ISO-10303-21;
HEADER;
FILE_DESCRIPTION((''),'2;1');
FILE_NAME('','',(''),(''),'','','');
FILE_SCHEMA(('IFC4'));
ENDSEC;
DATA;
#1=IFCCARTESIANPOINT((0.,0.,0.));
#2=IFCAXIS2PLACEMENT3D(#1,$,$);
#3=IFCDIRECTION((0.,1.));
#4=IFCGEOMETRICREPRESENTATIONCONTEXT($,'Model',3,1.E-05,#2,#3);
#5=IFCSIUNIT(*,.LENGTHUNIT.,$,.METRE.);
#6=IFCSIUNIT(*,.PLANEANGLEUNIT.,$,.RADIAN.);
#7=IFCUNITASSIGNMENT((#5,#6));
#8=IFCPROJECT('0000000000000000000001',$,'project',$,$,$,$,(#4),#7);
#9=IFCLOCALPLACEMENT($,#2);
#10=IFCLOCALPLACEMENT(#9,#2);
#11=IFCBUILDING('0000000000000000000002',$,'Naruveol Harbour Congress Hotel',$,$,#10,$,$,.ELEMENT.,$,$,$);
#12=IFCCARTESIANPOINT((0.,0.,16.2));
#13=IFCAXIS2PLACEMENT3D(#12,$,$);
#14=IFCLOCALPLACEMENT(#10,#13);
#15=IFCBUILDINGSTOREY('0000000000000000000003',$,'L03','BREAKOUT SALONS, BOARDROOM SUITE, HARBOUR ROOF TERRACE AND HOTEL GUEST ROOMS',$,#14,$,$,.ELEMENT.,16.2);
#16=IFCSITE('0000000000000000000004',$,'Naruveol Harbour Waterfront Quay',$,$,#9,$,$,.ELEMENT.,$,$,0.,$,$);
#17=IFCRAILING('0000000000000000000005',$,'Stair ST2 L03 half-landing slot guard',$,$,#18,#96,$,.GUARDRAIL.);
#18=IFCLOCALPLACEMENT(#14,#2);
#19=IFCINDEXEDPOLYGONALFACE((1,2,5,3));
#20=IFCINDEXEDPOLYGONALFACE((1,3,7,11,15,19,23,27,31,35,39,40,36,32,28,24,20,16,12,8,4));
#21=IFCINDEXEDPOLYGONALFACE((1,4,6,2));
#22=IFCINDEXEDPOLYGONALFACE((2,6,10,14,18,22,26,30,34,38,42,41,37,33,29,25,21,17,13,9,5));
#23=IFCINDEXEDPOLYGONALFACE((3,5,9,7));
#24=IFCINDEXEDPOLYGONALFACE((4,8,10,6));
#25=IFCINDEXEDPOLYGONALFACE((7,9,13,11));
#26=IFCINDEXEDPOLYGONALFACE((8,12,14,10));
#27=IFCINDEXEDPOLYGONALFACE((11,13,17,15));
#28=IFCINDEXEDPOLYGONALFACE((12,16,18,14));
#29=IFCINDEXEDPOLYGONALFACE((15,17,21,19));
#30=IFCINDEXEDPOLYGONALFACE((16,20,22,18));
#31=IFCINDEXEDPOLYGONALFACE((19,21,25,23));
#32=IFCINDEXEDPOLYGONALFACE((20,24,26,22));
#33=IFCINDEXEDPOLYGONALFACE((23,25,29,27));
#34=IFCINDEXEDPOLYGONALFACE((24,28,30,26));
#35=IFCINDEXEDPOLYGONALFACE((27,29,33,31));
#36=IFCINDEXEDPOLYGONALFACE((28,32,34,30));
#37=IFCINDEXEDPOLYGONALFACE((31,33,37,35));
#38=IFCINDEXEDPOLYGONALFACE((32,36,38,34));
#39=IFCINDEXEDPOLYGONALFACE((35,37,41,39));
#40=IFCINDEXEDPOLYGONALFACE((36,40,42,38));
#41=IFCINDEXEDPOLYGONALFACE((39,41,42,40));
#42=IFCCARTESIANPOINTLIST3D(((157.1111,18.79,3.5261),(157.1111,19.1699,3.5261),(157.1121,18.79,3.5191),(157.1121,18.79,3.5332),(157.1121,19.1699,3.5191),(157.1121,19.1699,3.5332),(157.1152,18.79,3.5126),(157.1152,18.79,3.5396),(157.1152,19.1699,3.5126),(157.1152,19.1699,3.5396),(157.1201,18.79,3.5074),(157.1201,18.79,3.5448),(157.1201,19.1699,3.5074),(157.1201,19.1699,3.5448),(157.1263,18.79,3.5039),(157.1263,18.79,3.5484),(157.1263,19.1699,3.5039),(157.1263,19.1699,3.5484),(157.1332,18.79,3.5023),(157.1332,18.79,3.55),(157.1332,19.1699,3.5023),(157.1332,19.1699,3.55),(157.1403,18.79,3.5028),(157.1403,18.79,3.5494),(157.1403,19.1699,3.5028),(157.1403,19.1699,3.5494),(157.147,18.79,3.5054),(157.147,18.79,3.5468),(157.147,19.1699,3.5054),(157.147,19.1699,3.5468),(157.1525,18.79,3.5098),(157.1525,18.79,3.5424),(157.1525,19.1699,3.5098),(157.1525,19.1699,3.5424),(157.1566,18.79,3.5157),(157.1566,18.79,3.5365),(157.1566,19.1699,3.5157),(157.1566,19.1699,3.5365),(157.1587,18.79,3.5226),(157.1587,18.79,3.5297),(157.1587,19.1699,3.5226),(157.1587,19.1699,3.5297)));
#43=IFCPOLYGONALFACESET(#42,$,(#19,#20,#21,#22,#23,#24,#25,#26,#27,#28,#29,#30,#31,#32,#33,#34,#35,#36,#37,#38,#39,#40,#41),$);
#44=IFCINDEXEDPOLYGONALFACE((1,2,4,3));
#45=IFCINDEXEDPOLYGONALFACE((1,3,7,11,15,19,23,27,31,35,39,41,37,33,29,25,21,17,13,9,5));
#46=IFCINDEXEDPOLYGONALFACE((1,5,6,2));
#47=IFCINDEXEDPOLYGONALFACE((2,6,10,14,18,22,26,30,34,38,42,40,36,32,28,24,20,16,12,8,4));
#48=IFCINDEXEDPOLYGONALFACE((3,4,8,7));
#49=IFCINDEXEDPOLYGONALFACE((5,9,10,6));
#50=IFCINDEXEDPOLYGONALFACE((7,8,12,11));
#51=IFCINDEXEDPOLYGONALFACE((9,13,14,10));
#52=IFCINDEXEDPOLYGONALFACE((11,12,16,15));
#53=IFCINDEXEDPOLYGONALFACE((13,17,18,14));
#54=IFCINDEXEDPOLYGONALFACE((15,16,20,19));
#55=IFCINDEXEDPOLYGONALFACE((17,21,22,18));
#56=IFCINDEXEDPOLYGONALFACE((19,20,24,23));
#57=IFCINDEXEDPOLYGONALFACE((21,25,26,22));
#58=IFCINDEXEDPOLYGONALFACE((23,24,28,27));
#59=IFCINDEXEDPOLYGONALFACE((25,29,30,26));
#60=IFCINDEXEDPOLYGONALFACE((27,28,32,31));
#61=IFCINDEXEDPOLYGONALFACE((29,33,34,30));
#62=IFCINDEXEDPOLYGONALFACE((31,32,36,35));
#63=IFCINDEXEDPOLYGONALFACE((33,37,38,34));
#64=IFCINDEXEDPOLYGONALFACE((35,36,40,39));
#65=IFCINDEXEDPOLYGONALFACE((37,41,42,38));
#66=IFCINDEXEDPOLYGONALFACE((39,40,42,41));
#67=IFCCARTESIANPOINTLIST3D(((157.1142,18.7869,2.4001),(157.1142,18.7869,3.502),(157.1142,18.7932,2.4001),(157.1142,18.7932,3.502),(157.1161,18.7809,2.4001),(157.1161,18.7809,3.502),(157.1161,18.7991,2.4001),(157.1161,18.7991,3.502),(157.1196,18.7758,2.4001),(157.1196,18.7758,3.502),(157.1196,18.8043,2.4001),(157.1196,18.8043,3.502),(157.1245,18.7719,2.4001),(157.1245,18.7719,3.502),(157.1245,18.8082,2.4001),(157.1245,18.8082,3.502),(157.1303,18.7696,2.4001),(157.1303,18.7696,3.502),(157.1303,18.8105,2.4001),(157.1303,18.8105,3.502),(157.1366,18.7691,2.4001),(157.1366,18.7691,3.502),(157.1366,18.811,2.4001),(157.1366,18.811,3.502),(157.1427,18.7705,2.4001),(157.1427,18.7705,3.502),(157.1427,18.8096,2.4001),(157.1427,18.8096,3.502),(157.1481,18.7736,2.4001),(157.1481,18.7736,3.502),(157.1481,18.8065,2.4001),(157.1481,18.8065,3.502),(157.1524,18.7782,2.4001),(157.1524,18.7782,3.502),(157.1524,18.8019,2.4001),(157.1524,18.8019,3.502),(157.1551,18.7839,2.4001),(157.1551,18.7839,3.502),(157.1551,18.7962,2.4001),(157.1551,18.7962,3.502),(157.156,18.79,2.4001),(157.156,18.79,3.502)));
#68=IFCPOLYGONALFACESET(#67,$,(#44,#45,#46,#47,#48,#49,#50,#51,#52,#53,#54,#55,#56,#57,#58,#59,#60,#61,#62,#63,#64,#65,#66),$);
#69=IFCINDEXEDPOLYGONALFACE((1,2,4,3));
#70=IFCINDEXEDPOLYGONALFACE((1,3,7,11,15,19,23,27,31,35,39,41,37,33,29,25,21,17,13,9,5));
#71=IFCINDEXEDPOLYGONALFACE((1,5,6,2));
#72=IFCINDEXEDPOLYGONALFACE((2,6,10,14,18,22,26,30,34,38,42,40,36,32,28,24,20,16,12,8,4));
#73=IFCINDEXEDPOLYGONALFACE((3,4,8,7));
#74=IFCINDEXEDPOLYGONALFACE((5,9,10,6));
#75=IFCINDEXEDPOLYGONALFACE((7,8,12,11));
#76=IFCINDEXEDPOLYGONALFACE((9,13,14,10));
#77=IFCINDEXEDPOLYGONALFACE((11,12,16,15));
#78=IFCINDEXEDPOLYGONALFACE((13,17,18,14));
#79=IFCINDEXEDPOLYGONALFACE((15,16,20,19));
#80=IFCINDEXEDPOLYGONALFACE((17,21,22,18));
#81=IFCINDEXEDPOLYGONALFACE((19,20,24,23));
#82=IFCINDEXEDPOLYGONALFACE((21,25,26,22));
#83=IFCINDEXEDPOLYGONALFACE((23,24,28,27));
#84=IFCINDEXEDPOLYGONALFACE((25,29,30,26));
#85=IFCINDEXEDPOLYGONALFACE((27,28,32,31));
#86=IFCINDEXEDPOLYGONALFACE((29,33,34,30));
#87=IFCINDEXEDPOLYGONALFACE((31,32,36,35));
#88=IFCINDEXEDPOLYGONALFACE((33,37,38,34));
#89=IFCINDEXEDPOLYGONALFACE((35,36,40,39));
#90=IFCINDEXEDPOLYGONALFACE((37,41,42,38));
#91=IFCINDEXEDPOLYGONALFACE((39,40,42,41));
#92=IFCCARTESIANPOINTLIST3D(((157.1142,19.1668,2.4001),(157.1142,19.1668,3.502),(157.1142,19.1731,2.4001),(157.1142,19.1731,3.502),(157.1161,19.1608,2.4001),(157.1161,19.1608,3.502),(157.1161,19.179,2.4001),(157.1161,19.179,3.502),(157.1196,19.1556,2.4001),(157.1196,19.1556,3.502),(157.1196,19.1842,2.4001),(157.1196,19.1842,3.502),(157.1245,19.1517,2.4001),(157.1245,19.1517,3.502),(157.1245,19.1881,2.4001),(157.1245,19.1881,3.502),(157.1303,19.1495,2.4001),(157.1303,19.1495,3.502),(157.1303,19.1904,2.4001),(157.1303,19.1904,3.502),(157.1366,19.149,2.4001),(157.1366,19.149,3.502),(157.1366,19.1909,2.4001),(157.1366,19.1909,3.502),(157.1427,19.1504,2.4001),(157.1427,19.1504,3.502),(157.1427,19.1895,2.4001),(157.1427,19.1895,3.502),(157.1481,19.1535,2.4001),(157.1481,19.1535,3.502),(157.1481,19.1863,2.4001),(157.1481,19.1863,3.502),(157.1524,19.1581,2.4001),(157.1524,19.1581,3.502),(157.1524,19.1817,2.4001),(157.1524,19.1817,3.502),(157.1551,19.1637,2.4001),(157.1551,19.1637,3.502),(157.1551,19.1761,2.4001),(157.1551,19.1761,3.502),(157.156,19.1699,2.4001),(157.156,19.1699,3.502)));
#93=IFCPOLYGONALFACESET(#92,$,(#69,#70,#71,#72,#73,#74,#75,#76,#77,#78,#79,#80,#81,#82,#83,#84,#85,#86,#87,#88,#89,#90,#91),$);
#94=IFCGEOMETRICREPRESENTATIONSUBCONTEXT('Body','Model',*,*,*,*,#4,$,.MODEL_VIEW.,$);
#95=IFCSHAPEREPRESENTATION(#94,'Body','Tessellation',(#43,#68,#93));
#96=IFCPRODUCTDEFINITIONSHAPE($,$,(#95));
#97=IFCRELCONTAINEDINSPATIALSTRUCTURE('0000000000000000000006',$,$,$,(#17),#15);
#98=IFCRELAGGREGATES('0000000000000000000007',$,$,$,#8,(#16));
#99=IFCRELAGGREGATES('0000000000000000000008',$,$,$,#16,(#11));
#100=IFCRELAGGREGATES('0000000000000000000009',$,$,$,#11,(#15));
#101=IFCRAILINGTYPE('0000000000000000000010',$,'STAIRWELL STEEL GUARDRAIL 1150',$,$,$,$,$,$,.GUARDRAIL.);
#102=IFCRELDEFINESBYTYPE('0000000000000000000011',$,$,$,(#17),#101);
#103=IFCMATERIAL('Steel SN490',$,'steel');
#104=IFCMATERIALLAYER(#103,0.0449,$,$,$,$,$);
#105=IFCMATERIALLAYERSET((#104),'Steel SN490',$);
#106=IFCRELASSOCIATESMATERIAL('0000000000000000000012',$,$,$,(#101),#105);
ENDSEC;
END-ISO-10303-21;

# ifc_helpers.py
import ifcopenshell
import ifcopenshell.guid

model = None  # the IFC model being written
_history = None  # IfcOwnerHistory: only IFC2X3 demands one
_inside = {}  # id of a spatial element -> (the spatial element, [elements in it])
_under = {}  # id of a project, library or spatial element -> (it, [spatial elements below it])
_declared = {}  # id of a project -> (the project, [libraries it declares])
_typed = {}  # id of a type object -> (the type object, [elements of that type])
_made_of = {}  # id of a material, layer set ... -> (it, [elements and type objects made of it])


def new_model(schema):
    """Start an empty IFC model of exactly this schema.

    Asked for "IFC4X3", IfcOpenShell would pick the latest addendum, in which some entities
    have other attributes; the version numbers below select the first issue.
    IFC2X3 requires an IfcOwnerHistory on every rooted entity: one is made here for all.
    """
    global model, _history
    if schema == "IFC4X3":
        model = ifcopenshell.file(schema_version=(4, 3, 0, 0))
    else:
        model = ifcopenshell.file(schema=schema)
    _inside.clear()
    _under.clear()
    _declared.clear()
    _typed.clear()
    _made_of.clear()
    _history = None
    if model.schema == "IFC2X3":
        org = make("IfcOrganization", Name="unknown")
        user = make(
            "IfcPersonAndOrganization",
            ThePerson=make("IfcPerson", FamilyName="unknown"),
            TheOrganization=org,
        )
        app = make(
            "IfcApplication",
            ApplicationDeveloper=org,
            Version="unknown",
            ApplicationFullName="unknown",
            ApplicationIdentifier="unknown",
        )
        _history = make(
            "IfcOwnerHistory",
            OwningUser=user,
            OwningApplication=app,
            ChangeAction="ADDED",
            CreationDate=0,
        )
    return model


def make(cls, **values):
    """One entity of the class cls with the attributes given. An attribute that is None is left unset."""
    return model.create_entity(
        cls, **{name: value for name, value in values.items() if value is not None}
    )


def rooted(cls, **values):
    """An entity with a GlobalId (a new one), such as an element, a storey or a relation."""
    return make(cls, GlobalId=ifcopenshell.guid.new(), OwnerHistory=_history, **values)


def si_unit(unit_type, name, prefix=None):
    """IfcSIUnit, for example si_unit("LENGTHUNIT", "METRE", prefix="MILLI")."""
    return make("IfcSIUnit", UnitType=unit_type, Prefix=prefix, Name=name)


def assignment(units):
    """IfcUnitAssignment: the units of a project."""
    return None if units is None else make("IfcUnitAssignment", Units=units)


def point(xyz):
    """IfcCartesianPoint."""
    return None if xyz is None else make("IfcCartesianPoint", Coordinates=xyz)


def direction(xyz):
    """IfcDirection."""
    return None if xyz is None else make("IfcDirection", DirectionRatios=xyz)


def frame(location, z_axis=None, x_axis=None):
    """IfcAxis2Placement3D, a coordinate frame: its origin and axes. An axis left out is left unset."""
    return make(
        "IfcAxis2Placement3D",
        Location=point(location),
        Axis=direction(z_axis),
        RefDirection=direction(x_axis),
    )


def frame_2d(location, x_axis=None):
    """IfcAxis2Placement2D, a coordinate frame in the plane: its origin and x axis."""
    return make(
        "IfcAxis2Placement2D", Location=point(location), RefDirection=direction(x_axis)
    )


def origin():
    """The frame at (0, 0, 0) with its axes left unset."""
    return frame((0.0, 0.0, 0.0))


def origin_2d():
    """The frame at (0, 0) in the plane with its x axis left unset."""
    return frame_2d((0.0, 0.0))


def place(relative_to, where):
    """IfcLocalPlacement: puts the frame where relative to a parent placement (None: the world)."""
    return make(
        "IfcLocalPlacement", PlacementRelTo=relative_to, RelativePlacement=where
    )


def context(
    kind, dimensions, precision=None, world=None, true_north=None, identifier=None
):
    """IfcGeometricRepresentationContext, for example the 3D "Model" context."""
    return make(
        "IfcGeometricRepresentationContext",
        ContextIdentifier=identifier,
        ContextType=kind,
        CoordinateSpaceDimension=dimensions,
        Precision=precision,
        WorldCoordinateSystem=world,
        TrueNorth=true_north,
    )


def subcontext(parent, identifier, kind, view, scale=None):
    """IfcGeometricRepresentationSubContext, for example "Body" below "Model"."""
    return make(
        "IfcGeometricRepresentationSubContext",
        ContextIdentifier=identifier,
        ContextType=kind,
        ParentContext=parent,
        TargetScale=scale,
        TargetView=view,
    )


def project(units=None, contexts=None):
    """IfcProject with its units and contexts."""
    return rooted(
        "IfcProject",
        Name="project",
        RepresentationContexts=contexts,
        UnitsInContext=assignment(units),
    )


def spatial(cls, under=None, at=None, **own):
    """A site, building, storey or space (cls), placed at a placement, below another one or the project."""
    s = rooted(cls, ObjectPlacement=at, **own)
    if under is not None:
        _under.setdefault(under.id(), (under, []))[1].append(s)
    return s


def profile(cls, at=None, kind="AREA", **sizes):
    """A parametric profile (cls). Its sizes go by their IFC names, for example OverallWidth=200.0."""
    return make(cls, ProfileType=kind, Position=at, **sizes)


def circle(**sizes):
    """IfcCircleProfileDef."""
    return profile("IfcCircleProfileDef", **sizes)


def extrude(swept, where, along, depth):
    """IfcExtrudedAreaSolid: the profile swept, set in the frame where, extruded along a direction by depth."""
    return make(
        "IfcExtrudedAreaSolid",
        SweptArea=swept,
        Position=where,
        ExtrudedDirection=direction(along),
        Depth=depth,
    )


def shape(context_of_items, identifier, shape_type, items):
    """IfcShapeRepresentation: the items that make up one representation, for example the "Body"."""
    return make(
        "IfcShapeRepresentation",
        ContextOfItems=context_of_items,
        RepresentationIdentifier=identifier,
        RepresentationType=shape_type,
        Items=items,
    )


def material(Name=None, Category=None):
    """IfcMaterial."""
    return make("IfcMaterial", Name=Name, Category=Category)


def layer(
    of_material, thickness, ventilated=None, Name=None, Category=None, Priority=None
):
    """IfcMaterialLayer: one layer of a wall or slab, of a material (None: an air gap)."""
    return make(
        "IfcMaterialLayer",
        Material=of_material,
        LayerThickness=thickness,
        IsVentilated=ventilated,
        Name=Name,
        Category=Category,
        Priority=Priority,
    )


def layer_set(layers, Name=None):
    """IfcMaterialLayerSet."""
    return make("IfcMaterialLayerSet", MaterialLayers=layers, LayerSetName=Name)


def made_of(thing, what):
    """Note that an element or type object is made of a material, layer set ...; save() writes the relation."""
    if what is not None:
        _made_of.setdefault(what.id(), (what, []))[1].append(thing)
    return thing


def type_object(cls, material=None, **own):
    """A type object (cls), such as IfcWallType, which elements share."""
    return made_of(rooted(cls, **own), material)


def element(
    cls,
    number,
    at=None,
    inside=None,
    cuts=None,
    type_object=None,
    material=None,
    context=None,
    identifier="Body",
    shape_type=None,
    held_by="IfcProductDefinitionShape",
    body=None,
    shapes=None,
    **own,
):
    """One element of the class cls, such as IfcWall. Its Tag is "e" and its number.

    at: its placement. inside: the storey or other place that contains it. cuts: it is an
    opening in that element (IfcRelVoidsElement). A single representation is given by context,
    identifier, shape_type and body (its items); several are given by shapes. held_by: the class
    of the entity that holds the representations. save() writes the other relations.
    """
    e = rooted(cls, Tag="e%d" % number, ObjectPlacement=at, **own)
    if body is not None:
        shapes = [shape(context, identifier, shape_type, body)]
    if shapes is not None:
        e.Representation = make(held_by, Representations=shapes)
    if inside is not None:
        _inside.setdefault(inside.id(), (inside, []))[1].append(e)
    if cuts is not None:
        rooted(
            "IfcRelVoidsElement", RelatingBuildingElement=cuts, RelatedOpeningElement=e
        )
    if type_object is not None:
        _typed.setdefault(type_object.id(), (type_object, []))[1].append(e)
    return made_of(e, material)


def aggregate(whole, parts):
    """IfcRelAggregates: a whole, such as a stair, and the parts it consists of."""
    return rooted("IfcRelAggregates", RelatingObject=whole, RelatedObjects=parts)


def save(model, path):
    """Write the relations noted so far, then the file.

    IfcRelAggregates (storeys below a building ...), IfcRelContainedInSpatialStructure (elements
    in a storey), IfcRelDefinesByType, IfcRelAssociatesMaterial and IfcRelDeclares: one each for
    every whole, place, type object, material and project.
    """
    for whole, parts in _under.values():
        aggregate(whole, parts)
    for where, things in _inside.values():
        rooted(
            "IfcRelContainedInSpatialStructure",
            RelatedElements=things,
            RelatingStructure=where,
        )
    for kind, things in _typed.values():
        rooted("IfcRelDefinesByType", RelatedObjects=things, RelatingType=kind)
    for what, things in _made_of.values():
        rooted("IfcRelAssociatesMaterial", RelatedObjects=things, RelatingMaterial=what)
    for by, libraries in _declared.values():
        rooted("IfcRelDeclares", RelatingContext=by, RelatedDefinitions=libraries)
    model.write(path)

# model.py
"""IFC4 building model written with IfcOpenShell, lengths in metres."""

from ifc_helpers import new_model, si_unit, direction, frame, origin, origin_2d, place, context, subcontext, project, spatial, circle, extrude, material, layer, layer_set, type_object, element, save


model = new_model("IFC4")

# Units and contexts
model_context = context("Model", 3, precision=1e-05, world=origin(), true_north=direction((0.0, 1.0)))
body_context = subcontext(model_context, "Body", "Model", "MODEL_VIEW")
ifc_project = project(units=[si_unit("LENGTHUNIT", "METRE"), si_unit("PLANEANGLEUNIT", "RADIAN")], contexts=[model_context])

# Site, building, storey
site_placement = place(None, origin())
site = spatial("IfcSite", under=ifc_project, at=site_placement, Name="Naruveol Harbour Waterfront Quay", CompositionType="ELEMENT", RefElevation=0.0)
building_placement = place(site_placement, origin())
building = spatial("IfcBuilding", under=site, at=building_placement, Name="Naruveol Harbour Congress Hotel", CompositionType="ELEMENT")
storey_placement = place(building_placement, frame((0.0, 0.0, 16.2)))
storey = spatial("IfcBuildingStorey", under=building, at=storey_placement, Name="L03", Description="BREAKOUT SALONS, BOARDROOM SUITE, HARBOUR ROOF TERRACE AND HOTEL GUEST ROOMS", CompositionType="ELEMENT", Elevation=16.2)

# Railing
ifc_material_1 = material(Name="Steel SN490", Category="steel")
ifc_layer_1 = layer(ifc_material_1, 0.0449)
ifc_layer_set_1 = layer_set([ifc_layer_1], Name="Steel SN490")
railing_type_1 = type_object("IfcRailingType", Name="STAIRWELL STEEL GUARDRAIL 1150", PredefinedType="GUARDRAIL", material=ifc_layer_set_1)
railing_1_placement = place(storey_placement, frame((157.135, 18.79, 2.4001)))
element("IfcRailing", 1, at=railing_1_placement, inside=storey, type_object=railing_type_1, Name="Stair ST2 L03 half-landing slot guard", PredefinedType="GUARDRAIL", context=body_context, shape_type="SweptSolid", body=[
    extrude(circle(Radius=0.0239, at=origin_2d()), frame((0.0, 0.0, 1.126), z_axis=(0.0, 1.0, 0.0), x_axis=(-1.0, 0.0, 0.0)), (0.0, 0.0, 1.0), 0.3799),
    extrude(circle(Radius=0.021, at=origin_2d()), origin(), (0.0, 0.0, 1.0), 1.1018),
    extrude(circle(Radius=0.021, at=origin_2d()), frame((0.0, 0.3799, 0.0)), (0.0, 0.0, 1.0), 1.1018),
])

save(model, "model.ifc")
